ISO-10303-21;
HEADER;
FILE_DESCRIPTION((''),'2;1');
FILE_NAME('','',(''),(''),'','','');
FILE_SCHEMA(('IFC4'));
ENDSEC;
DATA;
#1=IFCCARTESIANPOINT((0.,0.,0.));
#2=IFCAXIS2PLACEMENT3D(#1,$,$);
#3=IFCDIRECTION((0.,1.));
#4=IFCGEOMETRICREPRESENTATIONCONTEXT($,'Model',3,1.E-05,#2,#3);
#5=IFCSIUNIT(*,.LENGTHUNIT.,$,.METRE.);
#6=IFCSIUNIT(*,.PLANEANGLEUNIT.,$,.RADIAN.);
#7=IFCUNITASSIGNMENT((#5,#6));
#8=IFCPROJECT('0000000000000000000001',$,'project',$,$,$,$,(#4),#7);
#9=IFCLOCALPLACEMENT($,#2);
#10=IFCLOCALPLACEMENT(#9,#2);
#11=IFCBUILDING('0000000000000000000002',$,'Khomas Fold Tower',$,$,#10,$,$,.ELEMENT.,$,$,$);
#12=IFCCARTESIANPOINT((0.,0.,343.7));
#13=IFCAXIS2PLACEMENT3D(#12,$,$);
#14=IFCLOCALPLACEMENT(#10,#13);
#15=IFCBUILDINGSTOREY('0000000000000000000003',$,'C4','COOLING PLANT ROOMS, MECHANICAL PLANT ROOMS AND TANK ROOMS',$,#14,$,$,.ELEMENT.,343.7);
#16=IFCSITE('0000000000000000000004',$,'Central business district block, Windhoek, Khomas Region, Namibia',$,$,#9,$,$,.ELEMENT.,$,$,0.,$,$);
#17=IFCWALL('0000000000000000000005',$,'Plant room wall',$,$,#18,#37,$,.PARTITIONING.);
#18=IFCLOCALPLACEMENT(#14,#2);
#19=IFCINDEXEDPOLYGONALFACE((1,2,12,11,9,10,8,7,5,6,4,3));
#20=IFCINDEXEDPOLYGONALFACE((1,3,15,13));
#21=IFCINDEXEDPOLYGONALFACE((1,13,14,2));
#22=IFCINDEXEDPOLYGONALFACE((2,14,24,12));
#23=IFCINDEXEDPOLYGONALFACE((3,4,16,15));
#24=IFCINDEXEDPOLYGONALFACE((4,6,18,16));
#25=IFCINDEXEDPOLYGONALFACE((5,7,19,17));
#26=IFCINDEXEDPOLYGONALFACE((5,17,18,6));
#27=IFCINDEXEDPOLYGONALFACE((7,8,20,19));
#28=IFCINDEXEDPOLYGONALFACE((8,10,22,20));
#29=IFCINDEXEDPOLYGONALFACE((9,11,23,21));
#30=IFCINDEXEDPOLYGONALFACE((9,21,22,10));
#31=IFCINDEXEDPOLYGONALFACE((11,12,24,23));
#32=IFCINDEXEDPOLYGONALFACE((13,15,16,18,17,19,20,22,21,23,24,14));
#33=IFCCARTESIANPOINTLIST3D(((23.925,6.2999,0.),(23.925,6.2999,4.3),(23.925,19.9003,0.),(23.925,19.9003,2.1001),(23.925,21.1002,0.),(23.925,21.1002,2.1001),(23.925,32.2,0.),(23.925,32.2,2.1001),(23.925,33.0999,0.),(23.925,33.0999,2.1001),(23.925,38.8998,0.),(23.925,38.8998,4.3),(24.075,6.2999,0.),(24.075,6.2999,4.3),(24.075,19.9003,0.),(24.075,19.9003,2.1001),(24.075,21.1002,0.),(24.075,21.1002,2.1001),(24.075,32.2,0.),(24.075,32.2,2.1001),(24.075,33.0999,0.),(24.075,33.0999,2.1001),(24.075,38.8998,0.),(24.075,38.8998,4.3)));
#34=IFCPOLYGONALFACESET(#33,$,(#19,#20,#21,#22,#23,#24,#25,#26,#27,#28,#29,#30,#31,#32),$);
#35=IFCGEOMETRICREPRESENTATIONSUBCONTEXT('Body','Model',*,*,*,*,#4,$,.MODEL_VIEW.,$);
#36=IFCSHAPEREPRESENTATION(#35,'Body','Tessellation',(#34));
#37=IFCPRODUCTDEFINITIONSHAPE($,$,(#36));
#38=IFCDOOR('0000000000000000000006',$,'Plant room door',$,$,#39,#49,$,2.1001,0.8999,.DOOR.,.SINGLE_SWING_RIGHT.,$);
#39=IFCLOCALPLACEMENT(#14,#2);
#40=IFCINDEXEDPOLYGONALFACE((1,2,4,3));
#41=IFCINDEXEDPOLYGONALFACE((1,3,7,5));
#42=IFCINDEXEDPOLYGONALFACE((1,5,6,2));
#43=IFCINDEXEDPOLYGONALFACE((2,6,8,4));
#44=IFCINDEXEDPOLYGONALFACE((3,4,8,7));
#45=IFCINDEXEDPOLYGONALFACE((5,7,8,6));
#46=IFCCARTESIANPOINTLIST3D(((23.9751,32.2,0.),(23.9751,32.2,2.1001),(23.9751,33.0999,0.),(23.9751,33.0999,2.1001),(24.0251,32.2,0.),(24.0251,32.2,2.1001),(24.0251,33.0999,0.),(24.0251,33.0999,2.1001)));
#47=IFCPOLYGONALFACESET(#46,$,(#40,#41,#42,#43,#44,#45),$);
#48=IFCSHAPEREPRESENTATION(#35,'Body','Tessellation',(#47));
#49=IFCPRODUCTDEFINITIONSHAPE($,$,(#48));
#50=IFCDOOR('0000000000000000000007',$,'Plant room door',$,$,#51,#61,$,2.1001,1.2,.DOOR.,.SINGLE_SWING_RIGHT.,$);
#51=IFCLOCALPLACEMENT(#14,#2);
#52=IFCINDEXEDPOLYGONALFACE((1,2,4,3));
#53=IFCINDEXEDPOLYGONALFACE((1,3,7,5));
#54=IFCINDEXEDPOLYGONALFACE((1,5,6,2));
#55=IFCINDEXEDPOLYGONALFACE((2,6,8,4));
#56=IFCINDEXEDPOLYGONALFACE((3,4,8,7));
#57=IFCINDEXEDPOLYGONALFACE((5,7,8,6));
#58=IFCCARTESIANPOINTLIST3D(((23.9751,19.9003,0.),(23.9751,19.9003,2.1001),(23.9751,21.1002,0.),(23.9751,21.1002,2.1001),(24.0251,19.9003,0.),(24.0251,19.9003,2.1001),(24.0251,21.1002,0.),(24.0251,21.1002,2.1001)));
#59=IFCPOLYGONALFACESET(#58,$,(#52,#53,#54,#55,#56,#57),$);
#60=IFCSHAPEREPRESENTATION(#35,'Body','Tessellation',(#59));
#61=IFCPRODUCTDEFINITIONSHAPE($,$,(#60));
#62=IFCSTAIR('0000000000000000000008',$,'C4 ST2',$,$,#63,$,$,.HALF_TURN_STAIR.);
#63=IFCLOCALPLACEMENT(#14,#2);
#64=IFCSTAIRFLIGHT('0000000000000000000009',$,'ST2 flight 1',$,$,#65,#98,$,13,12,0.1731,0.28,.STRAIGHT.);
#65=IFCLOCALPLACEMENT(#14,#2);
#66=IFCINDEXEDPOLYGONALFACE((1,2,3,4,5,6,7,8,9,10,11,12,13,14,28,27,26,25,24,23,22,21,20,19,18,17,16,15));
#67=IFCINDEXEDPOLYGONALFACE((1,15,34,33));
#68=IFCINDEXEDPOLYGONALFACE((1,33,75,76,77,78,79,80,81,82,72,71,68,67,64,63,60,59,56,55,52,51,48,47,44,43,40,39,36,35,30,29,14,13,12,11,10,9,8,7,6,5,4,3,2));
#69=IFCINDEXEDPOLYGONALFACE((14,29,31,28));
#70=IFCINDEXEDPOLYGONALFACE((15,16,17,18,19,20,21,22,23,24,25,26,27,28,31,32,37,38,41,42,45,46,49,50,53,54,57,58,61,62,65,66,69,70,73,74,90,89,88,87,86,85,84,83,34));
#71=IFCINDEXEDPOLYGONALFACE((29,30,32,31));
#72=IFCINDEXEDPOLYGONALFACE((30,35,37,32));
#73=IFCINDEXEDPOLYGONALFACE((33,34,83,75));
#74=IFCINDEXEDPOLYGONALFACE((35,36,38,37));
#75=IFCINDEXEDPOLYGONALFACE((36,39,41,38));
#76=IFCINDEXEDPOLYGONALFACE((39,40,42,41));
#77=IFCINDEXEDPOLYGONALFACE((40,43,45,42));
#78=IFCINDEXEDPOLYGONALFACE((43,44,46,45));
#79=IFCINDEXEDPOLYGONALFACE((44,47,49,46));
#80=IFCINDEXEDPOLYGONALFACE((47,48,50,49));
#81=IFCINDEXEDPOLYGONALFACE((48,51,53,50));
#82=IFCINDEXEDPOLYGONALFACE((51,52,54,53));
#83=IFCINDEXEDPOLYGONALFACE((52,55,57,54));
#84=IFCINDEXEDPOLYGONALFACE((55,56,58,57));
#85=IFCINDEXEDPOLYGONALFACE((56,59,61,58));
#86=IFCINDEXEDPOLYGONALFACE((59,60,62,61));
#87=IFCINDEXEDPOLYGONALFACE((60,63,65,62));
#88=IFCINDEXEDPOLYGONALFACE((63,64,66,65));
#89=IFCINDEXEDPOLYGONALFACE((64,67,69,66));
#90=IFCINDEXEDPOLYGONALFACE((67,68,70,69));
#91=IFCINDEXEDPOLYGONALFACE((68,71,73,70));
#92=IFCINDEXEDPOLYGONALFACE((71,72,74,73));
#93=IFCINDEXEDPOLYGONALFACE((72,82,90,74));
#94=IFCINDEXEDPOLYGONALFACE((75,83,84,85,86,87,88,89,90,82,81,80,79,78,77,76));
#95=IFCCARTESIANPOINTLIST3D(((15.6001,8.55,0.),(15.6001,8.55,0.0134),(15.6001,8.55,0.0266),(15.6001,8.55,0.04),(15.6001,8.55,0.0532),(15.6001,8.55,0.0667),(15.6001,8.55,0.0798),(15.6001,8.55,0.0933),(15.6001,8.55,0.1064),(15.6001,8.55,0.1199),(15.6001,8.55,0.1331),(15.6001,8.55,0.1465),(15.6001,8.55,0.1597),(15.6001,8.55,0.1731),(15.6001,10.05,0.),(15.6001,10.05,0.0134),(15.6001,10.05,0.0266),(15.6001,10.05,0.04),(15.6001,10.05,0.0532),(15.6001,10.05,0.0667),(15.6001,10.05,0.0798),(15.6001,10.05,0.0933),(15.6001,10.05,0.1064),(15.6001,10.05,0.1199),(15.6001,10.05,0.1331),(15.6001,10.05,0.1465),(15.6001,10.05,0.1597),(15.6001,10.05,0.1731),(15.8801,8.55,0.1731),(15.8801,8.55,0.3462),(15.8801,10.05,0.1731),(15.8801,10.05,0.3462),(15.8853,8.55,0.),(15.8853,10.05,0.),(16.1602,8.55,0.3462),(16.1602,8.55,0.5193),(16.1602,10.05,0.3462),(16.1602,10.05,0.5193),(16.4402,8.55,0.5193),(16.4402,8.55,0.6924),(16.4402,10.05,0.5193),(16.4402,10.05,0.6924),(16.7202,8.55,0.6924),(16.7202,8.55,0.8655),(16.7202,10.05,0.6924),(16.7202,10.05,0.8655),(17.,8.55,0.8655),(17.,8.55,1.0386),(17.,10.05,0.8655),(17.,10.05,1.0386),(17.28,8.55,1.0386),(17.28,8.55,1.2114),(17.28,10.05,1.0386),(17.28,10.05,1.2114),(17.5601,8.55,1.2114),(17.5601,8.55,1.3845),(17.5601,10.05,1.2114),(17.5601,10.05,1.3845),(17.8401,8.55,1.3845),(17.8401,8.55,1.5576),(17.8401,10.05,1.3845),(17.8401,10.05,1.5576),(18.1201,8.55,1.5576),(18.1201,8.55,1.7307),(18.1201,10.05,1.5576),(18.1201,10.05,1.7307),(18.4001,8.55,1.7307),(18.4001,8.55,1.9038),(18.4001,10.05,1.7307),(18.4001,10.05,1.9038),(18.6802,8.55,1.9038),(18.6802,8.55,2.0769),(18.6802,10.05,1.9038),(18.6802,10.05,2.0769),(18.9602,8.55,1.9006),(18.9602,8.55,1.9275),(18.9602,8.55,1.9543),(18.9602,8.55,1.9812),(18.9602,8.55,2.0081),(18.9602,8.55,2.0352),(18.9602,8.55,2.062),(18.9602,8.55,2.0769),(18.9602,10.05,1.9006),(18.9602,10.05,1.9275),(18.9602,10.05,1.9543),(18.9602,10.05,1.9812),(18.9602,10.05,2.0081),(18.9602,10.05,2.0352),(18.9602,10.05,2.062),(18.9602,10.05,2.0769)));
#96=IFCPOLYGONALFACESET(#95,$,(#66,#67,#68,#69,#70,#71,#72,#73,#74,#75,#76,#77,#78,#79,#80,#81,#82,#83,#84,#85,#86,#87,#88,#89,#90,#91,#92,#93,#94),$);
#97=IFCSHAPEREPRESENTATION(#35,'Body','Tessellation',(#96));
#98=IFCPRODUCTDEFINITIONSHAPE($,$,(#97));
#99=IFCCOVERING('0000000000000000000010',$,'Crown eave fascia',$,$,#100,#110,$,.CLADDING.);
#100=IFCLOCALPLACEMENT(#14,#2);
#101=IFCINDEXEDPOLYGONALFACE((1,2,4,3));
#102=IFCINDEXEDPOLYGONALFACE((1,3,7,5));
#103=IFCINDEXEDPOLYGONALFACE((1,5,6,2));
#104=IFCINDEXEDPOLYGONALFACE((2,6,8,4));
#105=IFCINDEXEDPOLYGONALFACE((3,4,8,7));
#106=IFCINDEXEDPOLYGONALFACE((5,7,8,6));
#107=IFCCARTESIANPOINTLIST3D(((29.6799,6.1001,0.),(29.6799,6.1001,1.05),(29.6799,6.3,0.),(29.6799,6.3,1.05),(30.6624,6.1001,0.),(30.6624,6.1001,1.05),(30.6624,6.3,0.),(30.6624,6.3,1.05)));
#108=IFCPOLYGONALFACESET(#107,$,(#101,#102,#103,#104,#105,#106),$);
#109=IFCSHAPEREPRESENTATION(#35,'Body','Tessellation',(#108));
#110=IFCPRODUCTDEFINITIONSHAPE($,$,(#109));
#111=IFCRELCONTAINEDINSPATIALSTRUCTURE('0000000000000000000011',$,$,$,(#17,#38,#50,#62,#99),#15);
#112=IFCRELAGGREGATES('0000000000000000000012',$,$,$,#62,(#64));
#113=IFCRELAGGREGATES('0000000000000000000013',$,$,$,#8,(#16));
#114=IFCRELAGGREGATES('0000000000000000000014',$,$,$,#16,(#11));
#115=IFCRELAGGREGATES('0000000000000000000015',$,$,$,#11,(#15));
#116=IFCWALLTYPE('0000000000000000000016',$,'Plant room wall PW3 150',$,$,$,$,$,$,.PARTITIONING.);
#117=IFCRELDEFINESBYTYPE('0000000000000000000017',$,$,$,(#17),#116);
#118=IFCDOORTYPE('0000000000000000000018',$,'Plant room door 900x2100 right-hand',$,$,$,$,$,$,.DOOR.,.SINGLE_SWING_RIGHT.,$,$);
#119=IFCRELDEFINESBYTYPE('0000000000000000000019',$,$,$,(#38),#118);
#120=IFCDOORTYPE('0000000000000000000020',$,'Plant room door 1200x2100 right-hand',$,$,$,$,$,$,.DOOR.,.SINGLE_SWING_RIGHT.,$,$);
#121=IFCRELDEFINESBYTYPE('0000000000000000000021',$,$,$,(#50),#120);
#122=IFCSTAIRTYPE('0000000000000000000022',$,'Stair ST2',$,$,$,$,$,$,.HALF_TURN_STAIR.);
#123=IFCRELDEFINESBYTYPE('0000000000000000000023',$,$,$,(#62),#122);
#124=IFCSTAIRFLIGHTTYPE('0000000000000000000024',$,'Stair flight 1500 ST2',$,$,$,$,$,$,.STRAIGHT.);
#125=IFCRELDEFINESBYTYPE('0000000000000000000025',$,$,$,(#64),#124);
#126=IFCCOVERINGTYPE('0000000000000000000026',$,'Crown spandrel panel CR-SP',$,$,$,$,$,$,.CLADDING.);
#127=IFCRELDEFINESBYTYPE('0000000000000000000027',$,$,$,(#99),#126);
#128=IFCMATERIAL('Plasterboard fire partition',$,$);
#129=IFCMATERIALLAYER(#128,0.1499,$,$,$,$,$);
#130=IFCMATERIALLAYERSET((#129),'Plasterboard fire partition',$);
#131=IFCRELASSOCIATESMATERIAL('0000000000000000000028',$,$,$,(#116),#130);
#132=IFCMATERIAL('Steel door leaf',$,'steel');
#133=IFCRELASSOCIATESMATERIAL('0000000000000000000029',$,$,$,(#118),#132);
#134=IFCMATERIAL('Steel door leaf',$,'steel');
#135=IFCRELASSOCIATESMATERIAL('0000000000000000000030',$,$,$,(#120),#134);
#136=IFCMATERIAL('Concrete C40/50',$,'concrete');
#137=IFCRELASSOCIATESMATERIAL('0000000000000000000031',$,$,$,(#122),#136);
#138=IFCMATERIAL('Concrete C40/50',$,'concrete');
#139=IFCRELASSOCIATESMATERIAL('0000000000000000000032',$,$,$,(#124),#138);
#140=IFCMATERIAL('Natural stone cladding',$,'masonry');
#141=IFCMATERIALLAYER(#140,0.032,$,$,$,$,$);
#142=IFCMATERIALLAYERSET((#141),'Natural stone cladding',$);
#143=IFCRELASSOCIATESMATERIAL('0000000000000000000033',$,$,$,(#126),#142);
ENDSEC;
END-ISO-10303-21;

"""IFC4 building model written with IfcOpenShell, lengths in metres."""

from ifc_helpers import new_model, si_unit, direction, frame, frame_2d, origin, place, context, subcontext, project, spatial, polyline, rectangle, outline, extrude, source, transform, mapped, material, layer, layer_set, type_object, element, fill, aggregate, save


model = new_model("IFC4")

# Units and contexts
model_context = context("Model", 3, precision=1e-05, world=origin(), true_north=direction((0.0, 1.0)))
body_context = subcontext(model_context, "Body", "Model", "MODEL_VIEW")
ifc_project = project(units=[si_unit("LENGTHUNIT", "METRE"), si_unit("PLANEANGLEUNIT", "RADIAN")], contexts=[model_context])

# Site, building, storey
site_placement = place(None, origin())
site = spatial("IfcSite", under=ifc_project, at=site_placement, Name="Central business district block, Windhoek, Khomas Region, Namibia", CompositionType="ELEMENT", RefElevation=0.0)
building_placement = place(site_placement, origin())
building = spatial("IfcBuilding", under=site, at=building_placement, Name="Khomas Fold Tower", CompositionType="ELEMENT")
storey_placement = place(building_placement, frame((0.0, 0.0, 343.7)))
storey = spatial("IfcBuildingStorey", under=building, at=storey_placement, Name="C4", Description="COOLING PLANT ROOMS, MECHANICAL PLANT ROOMS AND TANK ROOMS", CompositionType="ELEMENT", Elevation=343.7)

# Wall, openings, doors
ifc_material_1 = material(Name="Plasterboard fire partition")
ifc_layer_1 = layer(ifc_material_1, 0.1499)
ifc_layer_set_1 = layer_set([ifc_layer_1], Name="Plasterboard fire partition")
wall_type_1 = type_object("IfcWallType", Name="Plant room wall PW3 150", PredefinedType="PARTITIONING", material=ifc_layer_set_1)
shared_shape_1 = source(origin(), body_context, "Body", "SweptSolid", [
    extrude(rectangle(XDim=32.5999, YDim=0.1499, at=frame_2d((16.2998, 0.0))), origin(), (0.0, 0.0, 1.0), 4.3),
])
wall_1_placement = place(storey_placement, frame((24.0, 6.3, 0.0), z_axis=(0.0, 0.0, 1.0), x_axis=(0.0, 1.0, 0.0)))
wall_1 = element("IfcWall", 1, at=wall_1_placement, inside=storey, type_object=wall_type_1, Name="Plant room wall", PredefinedType="PARTITIONING", context=body_context, shape_type="MappedRepresentation", body=[
    mapped(shared_shape_1, transform((0.0, 0.0, 0.0))),
])
shared_shape_2 = source(origin(), body_context, "Body", "SweptSolid", [
    extrude(rectangle(XDim=1.2, YDim=2.1001, at=frame_2d((0.6001, 1.05))), frame((0.0, 0.085, 0.0), z_axis=(0.0, -1.0, 0.0), x_axis=(1.0, 0.0, 0.0)), (0.0, 0.0, 1.0), 0.1699),
])
opening_1_placement = place(wall_1_placement, frame((13.6001, 0.0, 0.0)))
opening_1 = element("IfcOpeningElement", 2, at=opening_1_placement, cuts=wall_1, PredefinedType="OPENING", context=body_context, shape_type="MappedRepresentation", body=[
    mapped(shared_shape_2, transform((0.0, 0.0, 0.0))),
])
shared_shape_3 = source(origin(), body_context, "Body", "SweptSolid", [
    extrude(rectangle(XDim=0.8999, YDim=2.1001, at=frame_2d((0.45, 1.05))), frame((0.0, 0.085, 0.0), z_axis=(0.0, -1.0, 0.0), x_axis=(1.0, 0.0, 0.0)), (0.0, 0.0, 1.0), 0.1699),
])
opening_2_placement = place(wall_1_placement, frame((25.8999, 0.0, 0.0)))
opening_2 = element("IfcOpeningElement", 3, at=opening_2_placement, cuts=wall_1, PredefinedType="OPENING", context=body_context, shape_type="MappedRepresentation", body=[
    mapped(shared_shape_3, transform((0.0, 0.0, 0.0))),
])
ifc_material_2 = material(Name="Steel door leaf", Category="steel")
door_type_1 = type_object("IfcDoorType", Name="Plant room door 900x2100 right-hand", OperationType="SINGLE_SWING_RIGHT", PredefinedType="DOOR", material=ifc_material_2)
shared_shape_4 = source(origin(), body_context, "Body", "SweptSolid", [
    extrude(rectangle(XDim=0.8999, YDim=2.1001, at=frame_2d((0.45, 1.05))), frame((0.0, 0.0249, 0.0), z_axis=(0.0, -1.0, 0.0), x_axis=(1.0, 0.0, 0.0)), (0.0, 0.0, 1.0), 0.05),
])
door_1_placement = place(opening_2_placement, origin())
door_1 = element("IfcDoor", 4, at=door_1_placement, inside=storey, type_object=door_type_1, Name="Plant room door", OperationType="SINGLE_SWING_RIGHT", OverallHeight=2.1001, OverallWidth=0.8999, PredefinedType="DOOR", context=body_context, shape_type="MappedRepresentation", body=[
    mapped(shared_shape_4, transform((0.0, 0.0, 0.0))),
])
fill(opening_2, door_1)
ifc_material_3 = material(Name="Steel door leaf", Category="steel")
door_type_2 = type_object("IfcDoorType", Name="Plant room door 1200x2100 right-hand", OperationType="SINGLE_SWING_RIGHT", PredefinedType="DOOR", material=ifc_material_3)
shared_shape_5 = source(origin(), body_context, "Body", "SweptSolid", [
    extrude(rectangle(XDim=1.2, YDim=2.1001, at=frame_2d((0.6001, 1.05))), frame((0.0, 0.0249, 0.0), z_axis=(0.0, -1.0, 0.0), x_axis=(1.0, 0.0, 0.0)), (0.0, 0.0, 1.0), 0.05),
])
door_2_placement = place(opening_1_placement, origin())
door_2 = element("IfcDoor", 5, at=door_2_placement, inside=storey, type_object=door_type_2, Name="Plant room door", OperationType="SINGLE_SWING_RIGHT", OverallHeight=2.1001, OverallWidth=1.2, PredefinedType="DOOR", context=body_context, shape_type="MappedRepresentation", body=[
    mapped(shared_shape_5, transform((0.0, 0.0, 0.0))),
])
fill(opening_1, door_2)

# Stair, stair flight
ifc_material_4 = material(Name="Concrete C40/50", Category="concrete")
stair_type = type_object("IfcStairType", Name="Stair ST2", PredefinedType="HALF_TURN_STAIR", material=ifc_material_4)
stair_placement = place(storey_placement, origin())
stair = element("IfcStair", 6, at=stair_placement, inside=storey, type_object=stair_type, Name="C4 ST2", PredefinedType="HALF_TURN_STAIR")
ifc_material_5 = material(Name="Concrete C40/50", Category="concrete")
stair_flight_type = type_object("IfcStairFlightType", Name="Stair flight 1500 ST2", PredefinedType="STRAIGHT", material=ifc_material_5)
shared_shape_6 = source(origin(), body_context, "Body", "SweptSolid", [
    extrude(outline(polyline([(0.0, 0.0), (0.0, 0.0134), (0.0, 0.0266), (0.0, 0.04), (0.0, 0.0532), (0.0, 0.0667), (0.0, 0.0798), (0.0, 0.0933), (0.0, 0.1064), (0.0, 0.1199), (0.0, 0.1331), (0.0, 0.1465), (0.0, 0.1597), (0.0, 0.1731), (0.28, 0.1731), (0.28, 0.3462), (0.5601, 0.3462), (0.5601, 0.5193), (0.8401, 0.5193), (0.8401, 0.6924), (1.1201, 0.6924), (1.1201, 0.8655), (1.3999, 0.8655), (1.3999, 1.0386), (1.6799, 1.0386), (1.6799, 1.2114), (1.96, 1.2114), (1.96, 1.3845), (2.24, 1.3845), (2.24, 1.5576), (2.52, 1.5576), (2.52, 1.7307), (2.8, 1.7307), (2.8, 1.9038), (3.0801, 1.9038), (3.0801, 2.0769), (3.3601, 2.0769), (3.3601, 2.25), (3.3601, 2.2231), (3.3601, 2.1963), (3.3601, 2.1694), (3.3601, 2.1426), (3.3601, 2.1157), (3.3601, 2.0889), (3.3601, 2.062), (3.3601, 2.0352), (3.3601, 2.0081), (3.3601, 1.9812), (3.3601, 1.9543), (3.3601, 1.9275), (3.3601, 1.9006), (0.2852, 0.0), (0.0, 0.0)])), frame((0.0, 0.75, 0.0), z_axis=(0.0, -1.0, 0.0), x_axis=(1.0, 0.0, 0.0)), (0.0, 0.0, 1.0), 1.5),
])
stair_flight_placement = place(storey_placement, frame((15.6001, 9.3, 0.0), z_axis=(0.0, 0.0, 1.0), x_axis=(1.0, 0.0, 0.0)))
stair_flight = element("IfcStairFlight", 7, at=stair_flight_placement, type_object=stair_flight_type, Name="ST2 flight 1", NumberOfRisers=13, NumberOfTreads=12, PredefinedType="STRAIGHT", RiserHeight=0.1731, TreadLength=0.28, context=body_context, shape_type="MappedRepresentation", body=[
    mapped(shared_shape_6, transform((0.0, 0.0, 0.0))),
])
aggregate(stair, [stair_flight])

# Covering
ifc_material_6 = material(Name="Natural stone cladding", Category="masonry")
ifc_layer_2 = layer(ifc_material_6, 0.032)
ifc_layer_set_2 = layer_set([ifc_layer_2], Name="Natural stone cladding")
covering_type = type_object("IfcCoveringType", Name="Crown spandrel panel CR-SP", PredefinedType="CLADDING", material=ifc_layer_set_2)
covering_placement = place(storey_placement, frame((29.6799, 6.1001, 0.0), z_axis=(0.0, -1.0, 0.0), x_axis=(1.0, 0.0, 0.0)))
element("IfcCovering", 8, at=covering_placement, inside=storey, type_object=covering_type, Name="Crown eave fascia", PredefinedType="CLADDING", context=body_context, shape_type="SweptSolid", body=[
    extrude(outline(polyline([(0.0, 0.0), (0.9824, 0.0), (0.9824, 1.05), (0.0, 1.05), (0.0, 0.0)])), origin(), (0.0, 0.0, -1.0), 0.2),
])

save(model, "model.ifc")
